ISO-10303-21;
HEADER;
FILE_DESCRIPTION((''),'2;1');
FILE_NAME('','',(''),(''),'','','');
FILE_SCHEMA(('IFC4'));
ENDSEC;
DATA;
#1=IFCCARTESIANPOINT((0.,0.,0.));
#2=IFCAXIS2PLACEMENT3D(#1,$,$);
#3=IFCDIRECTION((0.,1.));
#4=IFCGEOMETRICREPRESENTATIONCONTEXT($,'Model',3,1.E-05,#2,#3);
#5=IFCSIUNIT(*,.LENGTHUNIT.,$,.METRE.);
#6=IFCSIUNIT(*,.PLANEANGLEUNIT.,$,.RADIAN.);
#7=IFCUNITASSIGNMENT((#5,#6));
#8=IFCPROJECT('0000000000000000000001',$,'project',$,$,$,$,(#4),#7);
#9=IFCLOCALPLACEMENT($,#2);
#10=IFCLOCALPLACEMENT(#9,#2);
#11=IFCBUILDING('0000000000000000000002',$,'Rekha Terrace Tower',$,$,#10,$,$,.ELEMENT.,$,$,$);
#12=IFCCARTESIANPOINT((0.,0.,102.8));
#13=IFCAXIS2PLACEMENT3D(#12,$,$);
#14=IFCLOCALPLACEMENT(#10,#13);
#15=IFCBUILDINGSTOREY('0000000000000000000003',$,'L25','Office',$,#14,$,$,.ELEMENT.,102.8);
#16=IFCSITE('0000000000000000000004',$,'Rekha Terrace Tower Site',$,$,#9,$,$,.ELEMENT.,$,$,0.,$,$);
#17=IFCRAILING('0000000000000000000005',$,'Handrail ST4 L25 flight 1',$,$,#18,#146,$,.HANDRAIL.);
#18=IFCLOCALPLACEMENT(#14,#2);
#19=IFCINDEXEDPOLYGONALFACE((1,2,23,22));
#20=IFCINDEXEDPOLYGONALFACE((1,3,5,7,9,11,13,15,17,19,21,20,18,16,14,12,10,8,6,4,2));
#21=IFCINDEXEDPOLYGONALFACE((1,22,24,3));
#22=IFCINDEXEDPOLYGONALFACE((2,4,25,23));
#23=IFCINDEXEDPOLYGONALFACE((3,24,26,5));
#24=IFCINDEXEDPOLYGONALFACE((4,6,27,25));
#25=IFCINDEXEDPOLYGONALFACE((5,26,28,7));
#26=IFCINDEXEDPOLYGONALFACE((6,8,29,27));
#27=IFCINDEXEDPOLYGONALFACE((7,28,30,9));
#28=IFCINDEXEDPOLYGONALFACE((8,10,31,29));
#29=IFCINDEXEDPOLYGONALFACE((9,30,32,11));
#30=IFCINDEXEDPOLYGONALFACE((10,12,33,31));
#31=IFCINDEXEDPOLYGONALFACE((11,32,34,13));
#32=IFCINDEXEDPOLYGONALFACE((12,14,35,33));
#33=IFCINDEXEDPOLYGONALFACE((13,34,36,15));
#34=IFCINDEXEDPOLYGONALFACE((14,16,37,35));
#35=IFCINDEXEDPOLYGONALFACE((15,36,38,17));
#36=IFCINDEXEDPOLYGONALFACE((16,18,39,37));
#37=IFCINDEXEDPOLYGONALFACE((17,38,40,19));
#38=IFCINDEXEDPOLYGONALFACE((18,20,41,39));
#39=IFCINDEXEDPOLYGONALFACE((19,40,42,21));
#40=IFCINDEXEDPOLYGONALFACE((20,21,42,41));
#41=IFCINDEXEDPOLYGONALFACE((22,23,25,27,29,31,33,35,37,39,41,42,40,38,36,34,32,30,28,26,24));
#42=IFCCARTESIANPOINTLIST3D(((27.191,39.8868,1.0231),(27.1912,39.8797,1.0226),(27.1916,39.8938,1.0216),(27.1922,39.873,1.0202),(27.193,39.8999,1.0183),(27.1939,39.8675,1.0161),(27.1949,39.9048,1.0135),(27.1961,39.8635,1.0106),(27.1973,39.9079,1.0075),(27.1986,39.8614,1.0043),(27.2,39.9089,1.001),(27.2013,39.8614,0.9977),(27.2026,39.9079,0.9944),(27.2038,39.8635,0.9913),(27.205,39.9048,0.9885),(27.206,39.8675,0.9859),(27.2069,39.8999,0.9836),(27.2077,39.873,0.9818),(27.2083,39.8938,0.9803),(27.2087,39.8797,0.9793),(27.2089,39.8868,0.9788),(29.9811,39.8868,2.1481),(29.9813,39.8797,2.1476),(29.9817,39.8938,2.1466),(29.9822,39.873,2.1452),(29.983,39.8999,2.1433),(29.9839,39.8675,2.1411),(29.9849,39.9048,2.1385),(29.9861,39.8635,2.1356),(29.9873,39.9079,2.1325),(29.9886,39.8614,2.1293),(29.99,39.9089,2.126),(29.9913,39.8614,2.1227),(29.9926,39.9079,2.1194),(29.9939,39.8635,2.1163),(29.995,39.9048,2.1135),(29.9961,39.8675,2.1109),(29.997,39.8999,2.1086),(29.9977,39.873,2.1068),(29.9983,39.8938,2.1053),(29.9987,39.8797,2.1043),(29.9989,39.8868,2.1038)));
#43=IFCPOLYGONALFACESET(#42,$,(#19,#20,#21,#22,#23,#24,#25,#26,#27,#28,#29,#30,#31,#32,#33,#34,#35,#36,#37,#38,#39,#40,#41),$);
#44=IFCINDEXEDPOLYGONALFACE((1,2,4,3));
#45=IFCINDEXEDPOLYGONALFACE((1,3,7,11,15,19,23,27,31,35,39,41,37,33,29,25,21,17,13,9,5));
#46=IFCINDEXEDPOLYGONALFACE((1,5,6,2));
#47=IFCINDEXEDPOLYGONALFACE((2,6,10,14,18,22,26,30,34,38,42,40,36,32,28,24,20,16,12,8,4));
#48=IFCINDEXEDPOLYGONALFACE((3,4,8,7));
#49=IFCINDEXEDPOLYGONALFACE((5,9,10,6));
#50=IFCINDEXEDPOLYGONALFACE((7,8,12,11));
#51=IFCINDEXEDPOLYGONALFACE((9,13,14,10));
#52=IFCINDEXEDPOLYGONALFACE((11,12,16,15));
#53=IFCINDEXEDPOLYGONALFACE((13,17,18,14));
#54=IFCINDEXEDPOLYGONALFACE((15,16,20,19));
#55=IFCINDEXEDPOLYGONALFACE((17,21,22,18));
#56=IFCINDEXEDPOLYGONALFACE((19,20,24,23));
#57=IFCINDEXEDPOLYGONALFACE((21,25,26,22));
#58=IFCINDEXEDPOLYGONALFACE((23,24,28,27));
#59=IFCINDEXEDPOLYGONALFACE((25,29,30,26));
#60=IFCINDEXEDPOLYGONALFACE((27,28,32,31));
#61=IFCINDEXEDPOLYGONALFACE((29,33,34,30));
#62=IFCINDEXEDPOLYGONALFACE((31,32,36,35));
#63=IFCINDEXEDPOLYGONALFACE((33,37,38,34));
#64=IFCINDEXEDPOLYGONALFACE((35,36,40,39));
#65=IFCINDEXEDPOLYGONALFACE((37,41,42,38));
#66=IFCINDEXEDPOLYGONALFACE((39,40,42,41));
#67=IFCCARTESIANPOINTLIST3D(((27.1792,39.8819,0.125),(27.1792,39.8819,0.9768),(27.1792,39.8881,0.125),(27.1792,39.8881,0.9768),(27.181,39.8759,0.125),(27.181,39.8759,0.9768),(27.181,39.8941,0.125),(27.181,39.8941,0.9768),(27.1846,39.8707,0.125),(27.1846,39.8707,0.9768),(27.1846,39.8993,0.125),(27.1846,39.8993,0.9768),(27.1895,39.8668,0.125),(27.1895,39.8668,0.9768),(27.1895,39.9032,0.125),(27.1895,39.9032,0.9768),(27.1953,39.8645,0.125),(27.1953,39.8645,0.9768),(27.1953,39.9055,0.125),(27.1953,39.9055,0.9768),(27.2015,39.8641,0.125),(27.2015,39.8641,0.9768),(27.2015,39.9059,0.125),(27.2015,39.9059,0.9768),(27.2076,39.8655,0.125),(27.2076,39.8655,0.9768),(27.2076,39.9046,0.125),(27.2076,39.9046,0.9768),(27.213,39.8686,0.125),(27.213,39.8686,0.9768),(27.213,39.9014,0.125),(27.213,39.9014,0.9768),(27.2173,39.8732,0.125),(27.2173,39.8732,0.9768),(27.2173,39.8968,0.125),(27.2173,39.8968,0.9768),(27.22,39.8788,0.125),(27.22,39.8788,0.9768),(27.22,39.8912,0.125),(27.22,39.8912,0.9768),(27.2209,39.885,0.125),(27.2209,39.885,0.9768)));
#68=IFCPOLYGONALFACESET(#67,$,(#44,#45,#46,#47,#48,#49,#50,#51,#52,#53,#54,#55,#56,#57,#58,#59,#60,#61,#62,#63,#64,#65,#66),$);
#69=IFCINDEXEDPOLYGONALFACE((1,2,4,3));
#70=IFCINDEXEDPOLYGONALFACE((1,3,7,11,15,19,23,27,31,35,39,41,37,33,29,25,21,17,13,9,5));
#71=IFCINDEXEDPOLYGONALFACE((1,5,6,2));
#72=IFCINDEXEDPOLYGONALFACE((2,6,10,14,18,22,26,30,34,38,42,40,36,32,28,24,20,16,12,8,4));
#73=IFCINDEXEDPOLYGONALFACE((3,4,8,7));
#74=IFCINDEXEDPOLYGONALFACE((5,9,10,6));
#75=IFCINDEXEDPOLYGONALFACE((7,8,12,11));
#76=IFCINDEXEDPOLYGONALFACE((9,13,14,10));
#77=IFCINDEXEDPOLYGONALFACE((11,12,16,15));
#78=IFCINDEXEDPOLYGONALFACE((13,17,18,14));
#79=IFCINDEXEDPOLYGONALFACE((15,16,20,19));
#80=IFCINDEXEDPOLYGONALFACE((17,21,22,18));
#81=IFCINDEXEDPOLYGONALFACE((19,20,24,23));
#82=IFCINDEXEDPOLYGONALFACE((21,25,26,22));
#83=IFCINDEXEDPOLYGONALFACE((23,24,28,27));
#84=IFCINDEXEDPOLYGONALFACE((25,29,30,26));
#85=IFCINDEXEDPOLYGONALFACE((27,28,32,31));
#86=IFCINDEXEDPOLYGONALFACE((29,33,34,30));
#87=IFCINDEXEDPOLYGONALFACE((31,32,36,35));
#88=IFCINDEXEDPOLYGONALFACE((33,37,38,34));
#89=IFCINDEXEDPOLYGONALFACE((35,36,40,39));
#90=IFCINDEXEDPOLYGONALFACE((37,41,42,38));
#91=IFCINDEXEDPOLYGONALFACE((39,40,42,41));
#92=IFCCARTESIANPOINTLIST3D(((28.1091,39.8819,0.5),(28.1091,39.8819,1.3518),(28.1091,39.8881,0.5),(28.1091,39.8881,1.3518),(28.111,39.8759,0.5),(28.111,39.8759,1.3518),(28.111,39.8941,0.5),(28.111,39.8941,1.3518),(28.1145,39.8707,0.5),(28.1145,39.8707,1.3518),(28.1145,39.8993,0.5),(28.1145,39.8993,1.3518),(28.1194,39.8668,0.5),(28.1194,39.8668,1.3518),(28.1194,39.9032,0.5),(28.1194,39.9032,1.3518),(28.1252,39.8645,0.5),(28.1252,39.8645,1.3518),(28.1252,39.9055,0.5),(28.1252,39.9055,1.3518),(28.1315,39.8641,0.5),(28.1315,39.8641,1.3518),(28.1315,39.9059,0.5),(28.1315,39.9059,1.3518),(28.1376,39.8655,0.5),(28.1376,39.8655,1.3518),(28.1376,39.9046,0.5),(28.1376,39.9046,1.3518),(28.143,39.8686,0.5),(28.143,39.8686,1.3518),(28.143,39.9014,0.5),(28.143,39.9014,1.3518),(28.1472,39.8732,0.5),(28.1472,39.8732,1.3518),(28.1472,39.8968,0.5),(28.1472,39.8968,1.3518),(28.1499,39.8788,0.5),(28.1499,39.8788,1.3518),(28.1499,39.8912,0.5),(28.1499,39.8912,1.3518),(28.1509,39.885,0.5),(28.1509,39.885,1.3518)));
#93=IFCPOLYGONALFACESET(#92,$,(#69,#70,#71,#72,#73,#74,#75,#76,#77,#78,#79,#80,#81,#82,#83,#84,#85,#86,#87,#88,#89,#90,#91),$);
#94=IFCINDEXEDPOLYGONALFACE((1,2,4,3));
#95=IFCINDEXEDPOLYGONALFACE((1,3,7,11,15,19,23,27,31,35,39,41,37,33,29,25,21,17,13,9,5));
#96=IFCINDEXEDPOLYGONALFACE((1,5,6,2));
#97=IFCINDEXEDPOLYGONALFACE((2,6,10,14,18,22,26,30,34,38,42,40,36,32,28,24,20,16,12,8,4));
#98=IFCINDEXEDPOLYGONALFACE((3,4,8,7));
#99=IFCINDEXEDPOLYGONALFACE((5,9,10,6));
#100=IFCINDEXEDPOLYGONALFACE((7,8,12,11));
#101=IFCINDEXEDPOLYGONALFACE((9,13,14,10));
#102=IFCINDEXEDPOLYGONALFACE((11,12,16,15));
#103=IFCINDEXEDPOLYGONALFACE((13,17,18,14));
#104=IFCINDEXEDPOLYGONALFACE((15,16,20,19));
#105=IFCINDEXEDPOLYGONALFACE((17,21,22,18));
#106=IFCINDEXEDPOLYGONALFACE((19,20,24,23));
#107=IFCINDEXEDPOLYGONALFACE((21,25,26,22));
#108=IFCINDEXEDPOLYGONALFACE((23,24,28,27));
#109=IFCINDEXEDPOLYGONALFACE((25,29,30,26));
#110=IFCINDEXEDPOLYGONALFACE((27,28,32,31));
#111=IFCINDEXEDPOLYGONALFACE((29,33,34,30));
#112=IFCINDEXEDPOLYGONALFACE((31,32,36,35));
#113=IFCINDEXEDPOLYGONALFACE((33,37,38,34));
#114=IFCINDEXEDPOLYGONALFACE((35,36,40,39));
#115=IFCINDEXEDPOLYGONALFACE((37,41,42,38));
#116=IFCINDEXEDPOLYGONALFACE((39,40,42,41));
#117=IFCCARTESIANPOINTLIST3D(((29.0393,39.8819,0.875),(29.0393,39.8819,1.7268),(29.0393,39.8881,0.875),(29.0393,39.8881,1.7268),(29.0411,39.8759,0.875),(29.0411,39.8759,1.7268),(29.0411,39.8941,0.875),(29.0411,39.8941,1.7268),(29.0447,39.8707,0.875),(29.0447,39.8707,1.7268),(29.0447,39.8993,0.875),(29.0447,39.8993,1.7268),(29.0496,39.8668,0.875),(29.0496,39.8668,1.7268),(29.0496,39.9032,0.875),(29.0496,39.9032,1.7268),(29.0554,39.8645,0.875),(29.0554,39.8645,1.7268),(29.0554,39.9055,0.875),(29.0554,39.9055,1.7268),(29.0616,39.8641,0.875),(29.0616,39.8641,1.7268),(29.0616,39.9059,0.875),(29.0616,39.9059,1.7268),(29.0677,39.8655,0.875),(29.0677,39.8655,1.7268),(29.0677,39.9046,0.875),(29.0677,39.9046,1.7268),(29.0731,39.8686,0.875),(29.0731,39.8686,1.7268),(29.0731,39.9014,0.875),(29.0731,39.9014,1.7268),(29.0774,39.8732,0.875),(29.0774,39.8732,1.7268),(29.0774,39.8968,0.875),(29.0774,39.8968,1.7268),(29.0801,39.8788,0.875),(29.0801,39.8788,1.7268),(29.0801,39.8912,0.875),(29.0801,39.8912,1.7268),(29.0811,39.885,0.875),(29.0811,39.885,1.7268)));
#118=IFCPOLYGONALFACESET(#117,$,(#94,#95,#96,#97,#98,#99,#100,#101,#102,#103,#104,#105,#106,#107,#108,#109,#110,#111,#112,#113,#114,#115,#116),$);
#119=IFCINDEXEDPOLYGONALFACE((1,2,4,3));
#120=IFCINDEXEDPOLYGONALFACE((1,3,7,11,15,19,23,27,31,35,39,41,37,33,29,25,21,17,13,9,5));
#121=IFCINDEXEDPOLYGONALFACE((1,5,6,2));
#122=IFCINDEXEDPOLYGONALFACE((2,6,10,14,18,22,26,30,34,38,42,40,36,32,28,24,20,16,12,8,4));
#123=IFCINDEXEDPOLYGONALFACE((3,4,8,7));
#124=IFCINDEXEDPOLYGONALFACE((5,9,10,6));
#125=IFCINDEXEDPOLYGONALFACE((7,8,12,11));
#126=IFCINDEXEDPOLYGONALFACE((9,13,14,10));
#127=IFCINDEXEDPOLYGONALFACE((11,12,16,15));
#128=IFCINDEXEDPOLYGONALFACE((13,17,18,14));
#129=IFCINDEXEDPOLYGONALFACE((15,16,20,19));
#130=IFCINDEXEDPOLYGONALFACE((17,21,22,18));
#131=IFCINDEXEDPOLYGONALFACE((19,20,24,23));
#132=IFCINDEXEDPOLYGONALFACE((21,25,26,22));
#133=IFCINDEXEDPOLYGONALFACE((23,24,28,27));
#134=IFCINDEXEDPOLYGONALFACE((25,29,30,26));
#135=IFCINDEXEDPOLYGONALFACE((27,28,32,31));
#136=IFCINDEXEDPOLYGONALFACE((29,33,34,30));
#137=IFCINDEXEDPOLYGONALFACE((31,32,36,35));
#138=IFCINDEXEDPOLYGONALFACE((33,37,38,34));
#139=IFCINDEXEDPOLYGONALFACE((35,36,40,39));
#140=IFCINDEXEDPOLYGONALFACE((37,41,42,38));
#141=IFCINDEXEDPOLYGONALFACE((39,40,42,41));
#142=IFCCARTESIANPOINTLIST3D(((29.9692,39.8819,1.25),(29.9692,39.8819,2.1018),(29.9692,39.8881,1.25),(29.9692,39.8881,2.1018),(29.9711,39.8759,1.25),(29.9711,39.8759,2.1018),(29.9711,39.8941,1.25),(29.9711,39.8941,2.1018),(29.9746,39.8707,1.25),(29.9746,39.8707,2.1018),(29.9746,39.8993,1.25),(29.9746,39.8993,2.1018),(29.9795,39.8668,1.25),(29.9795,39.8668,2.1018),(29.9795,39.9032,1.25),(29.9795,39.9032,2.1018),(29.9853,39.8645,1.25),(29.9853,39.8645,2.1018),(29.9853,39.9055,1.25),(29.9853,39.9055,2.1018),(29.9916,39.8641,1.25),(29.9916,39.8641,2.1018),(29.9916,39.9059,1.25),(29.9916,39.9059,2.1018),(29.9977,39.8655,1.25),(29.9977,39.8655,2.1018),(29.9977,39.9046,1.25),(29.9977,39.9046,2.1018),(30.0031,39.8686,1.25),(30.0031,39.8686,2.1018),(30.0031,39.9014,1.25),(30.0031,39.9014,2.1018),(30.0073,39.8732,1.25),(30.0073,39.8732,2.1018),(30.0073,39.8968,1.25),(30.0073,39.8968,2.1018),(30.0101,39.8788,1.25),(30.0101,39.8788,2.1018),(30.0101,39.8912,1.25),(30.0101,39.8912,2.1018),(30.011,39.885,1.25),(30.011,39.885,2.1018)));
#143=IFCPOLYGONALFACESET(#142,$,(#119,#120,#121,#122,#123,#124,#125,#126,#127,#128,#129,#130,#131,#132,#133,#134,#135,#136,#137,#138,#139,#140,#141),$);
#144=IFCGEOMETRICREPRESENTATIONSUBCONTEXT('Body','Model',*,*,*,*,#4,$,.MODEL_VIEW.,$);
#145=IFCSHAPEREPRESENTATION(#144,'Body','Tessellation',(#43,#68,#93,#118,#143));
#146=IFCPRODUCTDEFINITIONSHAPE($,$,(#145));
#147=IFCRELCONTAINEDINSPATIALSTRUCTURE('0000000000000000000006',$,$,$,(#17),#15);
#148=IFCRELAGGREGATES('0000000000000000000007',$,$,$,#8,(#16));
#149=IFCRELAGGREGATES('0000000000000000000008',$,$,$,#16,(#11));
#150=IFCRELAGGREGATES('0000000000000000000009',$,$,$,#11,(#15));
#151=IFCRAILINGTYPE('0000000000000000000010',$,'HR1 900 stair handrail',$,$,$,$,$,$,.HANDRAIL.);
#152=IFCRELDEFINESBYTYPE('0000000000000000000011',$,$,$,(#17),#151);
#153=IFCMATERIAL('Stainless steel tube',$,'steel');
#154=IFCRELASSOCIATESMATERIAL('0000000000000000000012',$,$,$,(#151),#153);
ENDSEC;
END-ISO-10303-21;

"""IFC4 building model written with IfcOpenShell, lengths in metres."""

from ifc_helpers import new_model, si_unit, direction, frame, origin, origin_2d, place, context, subcontext, project, spatial, circle, extrude, material, type_object, element, save


model = new_model("IFC4")

# Units and contexts
model_context = context("Model", 3, precision=1e-05, world=origin(), true_north=direction((0.0, 1.0)))
body_context = subcontext(model_context, "Body", "Model", "MODEL_VIEW")
ifc_project = project(units=[si_unit("LENGTHUNIT", "METRE"), si_unit("PLANEANGLEUNIT", "RADIAN")], contexts=[model_context])

# Site, building, storey
site_placement = place(None, origin())
site = spatial("IfcSite", under=ifc_project, at=site_placement, Name="Rekha Terrace Tower Site", CompositionType="ELEMENT", RefElevation=0.0)
building_placement = place(site_placement, origin())
building = spatial("IfcBuilding", under=site, at=building_placement, Name="Rekha Terrace Tower", CompositionType="ELEMENT")
storey_placement = place(building_placement, frame((0.0, 0.0, 102.8)))
storey = spatial("IfcBuildingStorey", under=building, at=storey_placement, Name="L25", Description="Office", CompositionType="ELEMENT", Elevation=102.8)

# Railing
ifc_material_1 = material(Name="Stainless steel tube", Category="steel")
railing_type_1 = type_object("IfcRailingType", Name="HR1 900 stair handrail", PredefinedType="HANDRAIL", material=ifc_material_1)
railing_1_placement = place(storey_placement, frame((27.2, 39.885, 0.125)))
element("IfcRailing", 1, at=railing_1_placement, inside=storey, type_object=railing_type_1, Name="Handrail ST4 L25 flight 1", PredefinedType="HANDRAIL", context=body_context, shape_type="SweptSolid", body=[
    extrude(circle(Radius=0.0239, at=origin_2d()), frame((0.0, 0.0, 0.876), z_axis=(0.927443, 0.0, 0.373964), x_axis=(0.0, 1.0, 0.0)), (0.0, 0.0, 1.0), 3.0083),
    extrude(circle(Radius=0.021, at=origin_2d()), origin(), (0.0, 0.0, 1.0), 0.8518),
    extrude(circle(Radius=0.021, at=origin_2d()), frame((0.9299, 0.0, 0.375)), (0.0, 0.0, 1.0), 0.8518),
    extrude(circle(Radius=0.021, at=origin_2d()), frame((1.8601, 0.0, 0.75)), (0.0, 0.0, 1.0), 0.8518),
    extrude(circle(Radius=0.021, at=origin_2d()), frame((2.79, 0.0, 1.125)), (0.0, 0.0, 1.0), 0.8518),
])

save(model, "model.ifc")
